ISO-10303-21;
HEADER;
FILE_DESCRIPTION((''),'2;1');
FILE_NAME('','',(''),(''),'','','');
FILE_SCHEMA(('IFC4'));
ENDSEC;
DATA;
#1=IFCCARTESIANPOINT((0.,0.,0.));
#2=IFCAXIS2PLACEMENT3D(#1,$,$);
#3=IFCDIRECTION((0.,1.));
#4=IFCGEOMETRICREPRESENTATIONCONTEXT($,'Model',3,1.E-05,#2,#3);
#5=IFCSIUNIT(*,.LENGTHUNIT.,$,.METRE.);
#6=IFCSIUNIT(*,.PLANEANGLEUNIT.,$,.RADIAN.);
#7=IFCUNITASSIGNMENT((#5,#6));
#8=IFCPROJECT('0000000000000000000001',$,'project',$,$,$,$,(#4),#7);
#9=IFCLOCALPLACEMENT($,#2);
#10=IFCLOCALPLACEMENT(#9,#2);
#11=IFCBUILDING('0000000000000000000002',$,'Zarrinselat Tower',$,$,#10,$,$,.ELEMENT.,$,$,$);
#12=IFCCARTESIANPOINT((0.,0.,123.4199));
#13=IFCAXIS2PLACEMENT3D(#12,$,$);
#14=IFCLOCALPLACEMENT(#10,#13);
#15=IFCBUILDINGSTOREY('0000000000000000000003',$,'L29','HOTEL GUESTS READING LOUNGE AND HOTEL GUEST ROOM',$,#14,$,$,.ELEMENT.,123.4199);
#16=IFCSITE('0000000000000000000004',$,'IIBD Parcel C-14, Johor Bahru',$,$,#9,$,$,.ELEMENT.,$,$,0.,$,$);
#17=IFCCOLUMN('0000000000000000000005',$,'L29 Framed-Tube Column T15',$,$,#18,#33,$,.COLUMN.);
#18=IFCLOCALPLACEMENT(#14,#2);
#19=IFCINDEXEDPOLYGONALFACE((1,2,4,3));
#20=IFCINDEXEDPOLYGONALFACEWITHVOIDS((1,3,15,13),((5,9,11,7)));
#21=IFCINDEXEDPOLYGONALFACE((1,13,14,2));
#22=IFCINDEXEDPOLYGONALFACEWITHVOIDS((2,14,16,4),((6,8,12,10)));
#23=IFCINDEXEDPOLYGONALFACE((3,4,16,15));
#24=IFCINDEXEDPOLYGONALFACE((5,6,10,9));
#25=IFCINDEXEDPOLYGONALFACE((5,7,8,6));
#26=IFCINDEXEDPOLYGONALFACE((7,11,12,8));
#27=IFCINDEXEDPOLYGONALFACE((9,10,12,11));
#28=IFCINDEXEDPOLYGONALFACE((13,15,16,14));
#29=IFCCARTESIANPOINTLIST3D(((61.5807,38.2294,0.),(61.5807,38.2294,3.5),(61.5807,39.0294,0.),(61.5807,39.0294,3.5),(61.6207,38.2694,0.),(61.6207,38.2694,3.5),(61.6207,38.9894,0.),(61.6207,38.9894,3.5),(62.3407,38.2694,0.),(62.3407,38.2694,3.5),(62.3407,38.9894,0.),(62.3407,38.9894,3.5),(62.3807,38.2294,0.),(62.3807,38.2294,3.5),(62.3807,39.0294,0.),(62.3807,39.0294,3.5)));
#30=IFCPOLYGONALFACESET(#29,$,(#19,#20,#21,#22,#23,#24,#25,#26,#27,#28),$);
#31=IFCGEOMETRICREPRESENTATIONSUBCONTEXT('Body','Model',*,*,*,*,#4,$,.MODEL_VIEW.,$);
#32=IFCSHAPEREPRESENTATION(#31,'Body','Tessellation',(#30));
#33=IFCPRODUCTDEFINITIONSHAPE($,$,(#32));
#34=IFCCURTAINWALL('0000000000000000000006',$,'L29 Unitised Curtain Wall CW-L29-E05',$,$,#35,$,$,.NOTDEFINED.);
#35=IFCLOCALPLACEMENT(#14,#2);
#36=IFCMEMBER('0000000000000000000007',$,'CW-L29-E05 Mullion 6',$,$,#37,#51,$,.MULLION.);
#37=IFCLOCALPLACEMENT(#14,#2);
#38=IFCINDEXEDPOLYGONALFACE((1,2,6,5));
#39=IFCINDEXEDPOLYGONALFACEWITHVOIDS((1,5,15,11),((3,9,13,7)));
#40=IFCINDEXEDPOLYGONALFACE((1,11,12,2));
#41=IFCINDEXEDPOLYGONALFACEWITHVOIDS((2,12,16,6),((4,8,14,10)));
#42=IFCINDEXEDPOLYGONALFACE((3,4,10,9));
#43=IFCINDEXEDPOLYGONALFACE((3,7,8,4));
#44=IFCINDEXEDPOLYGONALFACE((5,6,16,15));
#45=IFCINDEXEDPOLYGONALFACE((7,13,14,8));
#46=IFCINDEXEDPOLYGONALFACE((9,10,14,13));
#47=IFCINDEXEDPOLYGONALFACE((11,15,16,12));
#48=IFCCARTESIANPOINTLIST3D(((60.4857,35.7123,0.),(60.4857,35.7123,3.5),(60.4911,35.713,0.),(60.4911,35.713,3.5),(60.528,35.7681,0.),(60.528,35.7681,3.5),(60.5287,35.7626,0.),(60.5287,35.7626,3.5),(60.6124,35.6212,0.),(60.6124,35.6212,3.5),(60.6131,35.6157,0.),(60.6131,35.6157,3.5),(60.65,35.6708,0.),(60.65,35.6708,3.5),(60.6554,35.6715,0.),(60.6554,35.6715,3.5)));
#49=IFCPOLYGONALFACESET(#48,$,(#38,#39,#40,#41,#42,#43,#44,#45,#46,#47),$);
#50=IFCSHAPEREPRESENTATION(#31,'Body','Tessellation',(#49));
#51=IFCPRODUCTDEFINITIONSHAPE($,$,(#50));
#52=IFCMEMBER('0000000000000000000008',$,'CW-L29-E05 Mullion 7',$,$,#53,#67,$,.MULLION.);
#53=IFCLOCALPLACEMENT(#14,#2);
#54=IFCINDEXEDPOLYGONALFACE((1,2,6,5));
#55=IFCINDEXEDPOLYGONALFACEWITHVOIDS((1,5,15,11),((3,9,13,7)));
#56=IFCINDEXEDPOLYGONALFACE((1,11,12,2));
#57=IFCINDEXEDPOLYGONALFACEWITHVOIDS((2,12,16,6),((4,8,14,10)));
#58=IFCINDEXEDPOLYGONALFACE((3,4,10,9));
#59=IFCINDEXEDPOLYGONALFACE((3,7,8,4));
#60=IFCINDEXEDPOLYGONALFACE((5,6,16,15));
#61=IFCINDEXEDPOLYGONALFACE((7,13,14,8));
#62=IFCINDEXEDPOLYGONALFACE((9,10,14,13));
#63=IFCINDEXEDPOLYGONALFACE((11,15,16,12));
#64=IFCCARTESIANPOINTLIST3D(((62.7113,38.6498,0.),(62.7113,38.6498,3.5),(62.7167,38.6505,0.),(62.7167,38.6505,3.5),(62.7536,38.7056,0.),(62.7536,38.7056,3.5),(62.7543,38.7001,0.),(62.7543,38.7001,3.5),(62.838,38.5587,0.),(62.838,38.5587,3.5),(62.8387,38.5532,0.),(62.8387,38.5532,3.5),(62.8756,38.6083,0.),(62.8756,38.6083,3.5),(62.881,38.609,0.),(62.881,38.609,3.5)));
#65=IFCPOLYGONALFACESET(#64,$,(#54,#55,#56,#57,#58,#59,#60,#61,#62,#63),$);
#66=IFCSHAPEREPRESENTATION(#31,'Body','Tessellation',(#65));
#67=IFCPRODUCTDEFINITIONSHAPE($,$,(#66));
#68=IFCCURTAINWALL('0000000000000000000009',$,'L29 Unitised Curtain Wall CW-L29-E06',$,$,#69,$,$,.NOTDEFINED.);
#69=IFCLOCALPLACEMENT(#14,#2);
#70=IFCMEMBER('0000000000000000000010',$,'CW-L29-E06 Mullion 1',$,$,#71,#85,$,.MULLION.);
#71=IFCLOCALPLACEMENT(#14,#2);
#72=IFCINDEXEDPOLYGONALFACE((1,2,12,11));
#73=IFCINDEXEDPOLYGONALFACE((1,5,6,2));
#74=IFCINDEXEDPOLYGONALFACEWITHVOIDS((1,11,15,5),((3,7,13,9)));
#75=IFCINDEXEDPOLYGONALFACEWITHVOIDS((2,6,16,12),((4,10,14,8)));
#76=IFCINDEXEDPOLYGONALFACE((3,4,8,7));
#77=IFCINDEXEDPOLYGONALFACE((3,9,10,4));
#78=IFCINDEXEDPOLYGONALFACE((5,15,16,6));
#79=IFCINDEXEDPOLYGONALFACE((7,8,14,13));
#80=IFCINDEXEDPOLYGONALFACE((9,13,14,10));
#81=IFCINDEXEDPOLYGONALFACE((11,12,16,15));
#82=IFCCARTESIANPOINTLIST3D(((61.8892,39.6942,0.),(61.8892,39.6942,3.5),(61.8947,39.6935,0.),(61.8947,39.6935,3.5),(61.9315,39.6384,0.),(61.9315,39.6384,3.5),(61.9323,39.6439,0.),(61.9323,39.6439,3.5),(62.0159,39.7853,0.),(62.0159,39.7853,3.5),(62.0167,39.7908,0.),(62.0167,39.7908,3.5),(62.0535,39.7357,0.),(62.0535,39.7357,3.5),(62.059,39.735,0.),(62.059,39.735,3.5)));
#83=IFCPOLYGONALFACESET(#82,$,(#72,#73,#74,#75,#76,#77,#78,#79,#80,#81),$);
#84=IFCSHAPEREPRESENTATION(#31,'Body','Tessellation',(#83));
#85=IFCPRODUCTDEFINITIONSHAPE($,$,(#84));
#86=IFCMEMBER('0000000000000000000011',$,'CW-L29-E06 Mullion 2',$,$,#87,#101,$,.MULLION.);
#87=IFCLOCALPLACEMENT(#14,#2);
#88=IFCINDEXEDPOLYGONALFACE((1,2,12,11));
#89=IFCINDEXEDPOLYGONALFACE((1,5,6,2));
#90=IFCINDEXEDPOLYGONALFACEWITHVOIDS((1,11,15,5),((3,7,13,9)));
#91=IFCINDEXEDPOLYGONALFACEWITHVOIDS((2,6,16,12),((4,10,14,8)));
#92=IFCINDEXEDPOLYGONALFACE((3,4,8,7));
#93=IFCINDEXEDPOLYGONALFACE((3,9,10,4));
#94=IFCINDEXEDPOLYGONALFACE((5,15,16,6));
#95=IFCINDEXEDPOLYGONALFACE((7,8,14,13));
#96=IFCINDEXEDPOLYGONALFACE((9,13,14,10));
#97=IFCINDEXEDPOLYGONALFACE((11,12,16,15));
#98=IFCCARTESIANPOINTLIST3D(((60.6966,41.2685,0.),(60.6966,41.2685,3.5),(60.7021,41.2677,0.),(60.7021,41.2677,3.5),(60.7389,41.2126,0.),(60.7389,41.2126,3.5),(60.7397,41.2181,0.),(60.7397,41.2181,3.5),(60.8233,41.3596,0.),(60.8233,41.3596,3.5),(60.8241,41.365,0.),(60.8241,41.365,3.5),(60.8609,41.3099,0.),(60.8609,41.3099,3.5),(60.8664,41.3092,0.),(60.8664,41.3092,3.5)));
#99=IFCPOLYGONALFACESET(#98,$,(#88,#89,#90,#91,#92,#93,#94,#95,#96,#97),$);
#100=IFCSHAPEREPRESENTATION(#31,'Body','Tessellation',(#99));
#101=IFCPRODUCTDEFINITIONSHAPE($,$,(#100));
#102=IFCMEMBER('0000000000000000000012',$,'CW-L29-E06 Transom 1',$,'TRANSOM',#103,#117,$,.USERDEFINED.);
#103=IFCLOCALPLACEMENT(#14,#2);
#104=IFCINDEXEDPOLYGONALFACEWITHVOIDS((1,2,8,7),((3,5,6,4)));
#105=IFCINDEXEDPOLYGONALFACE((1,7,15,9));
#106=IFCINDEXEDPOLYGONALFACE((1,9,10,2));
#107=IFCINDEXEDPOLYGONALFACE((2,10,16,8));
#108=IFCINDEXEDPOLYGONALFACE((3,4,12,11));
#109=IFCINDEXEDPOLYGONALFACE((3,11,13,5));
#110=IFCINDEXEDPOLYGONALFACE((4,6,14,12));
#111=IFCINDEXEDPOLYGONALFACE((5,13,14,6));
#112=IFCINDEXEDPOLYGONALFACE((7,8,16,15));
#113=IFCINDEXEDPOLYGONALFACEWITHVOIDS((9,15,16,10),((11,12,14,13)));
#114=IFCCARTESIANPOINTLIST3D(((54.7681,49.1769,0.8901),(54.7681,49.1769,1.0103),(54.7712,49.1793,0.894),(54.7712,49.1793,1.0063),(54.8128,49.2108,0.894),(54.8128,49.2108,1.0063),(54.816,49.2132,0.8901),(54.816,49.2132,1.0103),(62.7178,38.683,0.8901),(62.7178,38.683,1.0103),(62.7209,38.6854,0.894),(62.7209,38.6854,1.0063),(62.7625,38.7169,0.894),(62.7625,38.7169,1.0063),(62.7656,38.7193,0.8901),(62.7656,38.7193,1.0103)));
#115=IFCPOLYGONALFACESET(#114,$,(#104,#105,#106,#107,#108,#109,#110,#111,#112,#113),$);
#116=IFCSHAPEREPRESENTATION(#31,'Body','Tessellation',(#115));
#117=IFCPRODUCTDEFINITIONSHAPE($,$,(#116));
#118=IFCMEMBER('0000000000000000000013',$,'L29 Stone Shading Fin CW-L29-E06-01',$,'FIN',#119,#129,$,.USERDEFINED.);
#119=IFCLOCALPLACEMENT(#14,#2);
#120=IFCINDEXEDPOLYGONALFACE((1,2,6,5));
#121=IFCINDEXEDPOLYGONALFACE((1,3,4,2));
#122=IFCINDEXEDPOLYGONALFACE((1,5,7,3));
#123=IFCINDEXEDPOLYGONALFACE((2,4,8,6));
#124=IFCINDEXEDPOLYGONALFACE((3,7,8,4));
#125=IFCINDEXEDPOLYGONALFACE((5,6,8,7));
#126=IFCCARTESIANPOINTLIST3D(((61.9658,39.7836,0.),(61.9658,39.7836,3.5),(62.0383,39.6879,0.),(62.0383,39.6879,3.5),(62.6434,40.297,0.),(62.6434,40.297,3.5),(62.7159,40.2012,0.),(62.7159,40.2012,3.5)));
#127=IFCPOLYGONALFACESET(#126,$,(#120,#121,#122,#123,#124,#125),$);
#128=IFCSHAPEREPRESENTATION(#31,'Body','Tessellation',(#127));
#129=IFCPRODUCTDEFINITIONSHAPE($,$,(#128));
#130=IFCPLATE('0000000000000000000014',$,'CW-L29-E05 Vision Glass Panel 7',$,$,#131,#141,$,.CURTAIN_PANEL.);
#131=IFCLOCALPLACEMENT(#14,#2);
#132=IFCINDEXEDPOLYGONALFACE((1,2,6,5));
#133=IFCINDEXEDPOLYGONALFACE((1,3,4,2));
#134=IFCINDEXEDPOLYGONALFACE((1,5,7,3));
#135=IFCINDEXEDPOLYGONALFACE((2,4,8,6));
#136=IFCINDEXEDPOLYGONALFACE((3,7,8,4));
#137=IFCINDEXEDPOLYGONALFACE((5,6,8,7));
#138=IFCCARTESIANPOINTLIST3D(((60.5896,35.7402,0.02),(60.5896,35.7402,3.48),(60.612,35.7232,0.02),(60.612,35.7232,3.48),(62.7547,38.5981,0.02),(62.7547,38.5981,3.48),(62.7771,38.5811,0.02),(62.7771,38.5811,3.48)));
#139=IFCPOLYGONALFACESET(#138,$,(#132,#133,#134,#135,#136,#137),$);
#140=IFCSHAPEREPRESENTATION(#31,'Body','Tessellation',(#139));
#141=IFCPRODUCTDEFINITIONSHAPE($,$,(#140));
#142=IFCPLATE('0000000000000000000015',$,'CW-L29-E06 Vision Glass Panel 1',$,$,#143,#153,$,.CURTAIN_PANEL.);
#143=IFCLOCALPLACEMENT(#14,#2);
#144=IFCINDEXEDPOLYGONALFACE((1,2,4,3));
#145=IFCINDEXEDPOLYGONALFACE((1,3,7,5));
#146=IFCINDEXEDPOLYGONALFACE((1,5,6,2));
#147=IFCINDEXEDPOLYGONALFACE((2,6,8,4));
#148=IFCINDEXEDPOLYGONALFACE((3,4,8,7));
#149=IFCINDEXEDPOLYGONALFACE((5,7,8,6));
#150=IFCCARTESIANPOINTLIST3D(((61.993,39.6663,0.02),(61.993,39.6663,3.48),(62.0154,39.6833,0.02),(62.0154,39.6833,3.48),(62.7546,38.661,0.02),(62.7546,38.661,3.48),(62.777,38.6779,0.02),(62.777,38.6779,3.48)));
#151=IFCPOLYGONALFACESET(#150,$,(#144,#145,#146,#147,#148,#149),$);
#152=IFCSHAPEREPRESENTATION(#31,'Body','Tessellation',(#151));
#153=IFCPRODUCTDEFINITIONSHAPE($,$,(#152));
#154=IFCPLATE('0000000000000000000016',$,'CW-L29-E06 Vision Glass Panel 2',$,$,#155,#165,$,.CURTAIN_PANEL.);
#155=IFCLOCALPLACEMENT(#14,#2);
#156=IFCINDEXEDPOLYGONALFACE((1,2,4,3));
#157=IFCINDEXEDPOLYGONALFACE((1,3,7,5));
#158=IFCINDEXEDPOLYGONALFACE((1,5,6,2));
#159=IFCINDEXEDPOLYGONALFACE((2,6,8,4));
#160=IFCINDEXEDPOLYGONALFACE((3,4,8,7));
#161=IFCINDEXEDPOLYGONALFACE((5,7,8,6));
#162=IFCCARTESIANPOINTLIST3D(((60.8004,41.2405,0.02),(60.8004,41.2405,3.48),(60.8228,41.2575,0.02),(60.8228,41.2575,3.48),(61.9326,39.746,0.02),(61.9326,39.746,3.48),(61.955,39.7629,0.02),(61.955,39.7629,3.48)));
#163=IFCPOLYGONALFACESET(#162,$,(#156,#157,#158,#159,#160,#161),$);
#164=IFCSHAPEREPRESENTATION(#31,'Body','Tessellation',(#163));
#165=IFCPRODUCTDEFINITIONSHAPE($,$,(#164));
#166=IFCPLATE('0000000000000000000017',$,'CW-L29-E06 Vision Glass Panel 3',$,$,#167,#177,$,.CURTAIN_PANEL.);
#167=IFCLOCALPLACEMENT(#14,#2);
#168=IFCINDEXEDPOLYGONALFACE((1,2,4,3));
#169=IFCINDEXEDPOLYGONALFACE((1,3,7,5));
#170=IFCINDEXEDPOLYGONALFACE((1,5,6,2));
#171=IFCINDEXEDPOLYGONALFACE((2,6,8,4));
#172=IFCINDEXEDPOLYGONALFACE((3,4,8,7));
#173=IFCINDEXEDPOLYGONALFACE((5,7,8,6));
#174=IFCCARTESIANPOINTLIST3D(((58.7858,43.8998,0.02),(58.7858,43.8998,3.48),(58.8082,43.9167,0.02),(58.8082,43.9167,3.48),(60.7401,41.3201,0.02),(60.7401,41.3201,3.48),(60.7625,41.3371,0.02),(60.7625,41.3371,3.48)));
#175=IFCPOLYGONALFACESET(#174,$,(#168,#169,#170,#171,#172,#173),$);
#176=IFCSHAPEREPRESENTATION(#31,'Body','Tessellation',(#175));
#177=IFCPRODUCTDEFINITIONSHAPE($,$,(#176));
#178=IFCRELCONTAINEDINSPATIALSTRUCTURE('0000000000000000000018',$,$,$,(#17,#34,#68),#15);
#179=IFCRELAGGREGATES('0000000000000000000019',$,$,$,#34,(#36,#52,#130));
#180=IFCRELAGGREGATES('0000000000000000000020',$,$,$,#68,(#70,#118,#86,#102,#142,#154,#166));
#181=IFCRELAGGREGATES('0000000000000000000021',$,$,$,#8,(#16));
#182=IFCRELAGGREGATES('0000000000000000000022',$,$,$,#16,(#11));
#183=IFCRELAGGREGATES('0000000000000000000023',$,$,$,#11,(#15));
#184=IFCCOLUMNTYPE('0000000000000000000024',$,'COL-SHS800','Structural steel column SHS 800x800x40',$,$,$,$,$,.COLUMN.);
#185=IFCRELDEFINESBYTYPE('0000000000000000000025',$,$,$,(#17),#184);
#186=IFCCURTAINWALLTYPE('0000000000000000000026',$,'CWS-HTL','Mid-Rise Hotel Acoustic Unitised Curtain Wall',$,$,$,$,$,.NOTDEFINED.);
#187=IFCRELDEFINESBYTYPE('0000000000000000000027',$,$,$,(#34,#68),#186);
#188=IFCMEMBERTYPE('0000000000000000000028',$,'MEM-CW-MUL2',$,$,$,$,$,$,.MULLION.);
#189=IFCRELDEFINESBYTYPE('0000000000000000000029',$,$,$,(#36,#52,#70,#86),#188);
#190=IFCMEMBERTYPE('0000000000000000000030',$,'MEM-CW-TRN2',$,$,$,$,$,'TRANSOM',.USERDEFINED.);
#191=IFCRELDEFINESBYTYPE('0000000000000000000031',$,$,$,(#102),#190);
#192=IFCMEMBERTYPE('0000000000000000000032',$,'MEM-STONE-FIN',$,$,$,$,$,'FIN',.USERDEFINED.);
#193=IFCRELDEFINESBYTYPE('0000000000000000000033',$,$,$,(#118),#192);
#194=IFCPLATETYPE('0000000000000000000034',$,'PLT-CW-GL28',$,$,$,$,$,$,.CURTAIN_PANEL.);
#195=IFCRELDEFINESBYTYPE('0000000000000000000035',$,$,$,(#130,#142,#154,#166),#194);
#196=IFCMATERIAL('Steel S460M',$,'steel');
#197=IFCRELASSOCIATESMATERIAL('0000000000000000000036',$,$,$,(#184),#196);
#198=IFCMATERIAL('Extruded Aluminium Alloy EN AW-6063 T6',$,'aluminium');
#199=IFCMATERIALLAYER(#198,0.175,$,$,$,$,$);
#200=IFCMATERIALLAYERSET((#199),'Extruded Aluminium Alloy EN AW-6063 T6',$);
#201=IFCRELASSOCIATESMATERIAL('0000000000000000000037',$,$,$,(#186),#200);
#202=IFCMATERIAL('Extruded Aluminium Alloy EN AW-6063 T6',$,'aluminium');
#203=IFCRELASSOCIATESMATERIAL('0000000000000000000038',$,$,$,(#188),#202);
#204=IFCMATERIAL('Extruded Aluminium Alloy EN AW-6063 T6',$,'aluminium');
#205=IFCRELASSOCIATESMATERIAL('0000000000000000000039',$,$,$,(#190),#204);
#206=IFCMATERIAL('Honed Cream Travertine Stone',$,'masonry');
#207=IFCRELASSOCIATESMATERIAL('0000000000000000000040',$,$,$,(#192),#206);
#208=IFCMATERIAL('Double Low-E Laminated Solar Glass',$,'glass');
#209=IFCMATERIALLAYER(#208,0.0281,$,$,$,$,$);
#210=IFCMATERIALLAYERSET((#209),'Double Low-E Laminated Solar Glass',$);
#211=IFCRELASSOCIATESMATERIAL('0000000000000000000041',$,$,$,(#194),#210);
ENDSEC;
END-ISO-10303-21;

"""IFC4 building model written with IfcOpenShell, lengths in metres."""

from ifc_helpers import new_model, si_unit, direction, frame, origin, origin_2d, place, context, subcontext, project, spatial, rectangle, hollow_rectangle, extrude, material, layer, layer_set, material_profile, profile_set, type_object, element, aggregate, save


model = new_model("IFC4")

# Units and contexts
model_context = context("Model", 3, precision=1e-05, world=origin(), true_north=direction((0.0, 1.0)))
body_context = subcontext(model_context, "Body", "Model", "MODEL_VIEW")
ifc_project = project(units=[si_unit("LENGTHUNIT", "METRE"), si_unit("PLANEANGLEUNIT", "RADIAN")], contexts=[model_context])

# Site, building, storey
site_placement = place(None, origin())
site = spatial("IfcSite", under=ifc_project, at=site_placement, Name="IIBD Parcel C-14, Johor Bahru", CompositionType="ELEMENT", RefElevation=0.0)
building_placement = place(site_placement, origin())
building = spatial("IfcBuilding", under=site, at=building_placement, Name="Zarrinselat Tower", CompositionType="ELEMENT")
storey_placement = place(building_placement, frame((0.0, 0.0, 123.4199)))
storey = spatial("IfcBuildingStorey", under=building, at=storey_placement, Name="L29", Description="HOTEL GUESTS READING LOUNGE AND HOTEL GUEST ROOM", CompositionType="ELEMENT", Elevation=123.4199)

# Column
ifc_material_1 = material(Name="Steel S460M", Category="steel")
ifc_material_profile_1 = material_profile(ifc_material_1, hollow_rectangle(XDim=0.8, YDim=0.8, WallThickness=0.04, at=origin_2d()), Name="SHS 800x800x40")
ifc_profile_set_1 = profile_set([ifc_material_profile_1], Name="Steel S460M")
column_type = type_object("IfcColumnType", Name="COL-SHS800", Description="Structural steel column SHS 800x800x40", PredefinedType="COLUMN", material=ifc_profile_set_1)
column_placement = place(storey_placement, frame((61.9807, 38.6294, 0.0), z_axis=(0.0, 0.0, 1.0), x_axis=(1.0, 0.0, 0.0)))
element("IfcColumn", 1, at=column_placement, inside=storey, type_object=column_type, Name="L29 Framed-Tube Column T15", PredefinedType="COLUMN", context=body_context, shape_type="SweptSolid", body=[
    extrude(hollow_rectangle(XDim=0.8, YDim=0.8, WallThickness=0.04, at=origin_2d()), origin(), (0.0, 0.0, 1.0), 3.5),
])

# Curtain walls, members
ifc_material_2 = material(Name="Extruded Aluminium Alloy EN AW-6063 T6", Category="aluminium")
ifc_layer_1 = layer(ifc_material_2, 0.175)
ifc_layer_set_1 = layer_set([ifc_layer_1], Name="Extruded Aluminium Alloy EN AW-6063 T6")
curtain_wall_type = type_object("IfcCurtainWallType", Name="CWS-HTL", Description="Mid-Rise Hotel Acoustic Unitised Curtain Wall", PredefinedType="NOTDEFINED", material=ifc_layer_set_1)
curtain_wall_1_placement = place(storey_placement, origin())
curtain_wall_1 = element("IfcCurtainWall", 2, at=curtain_wall_1_placement, inside=storey, type_object=curtain_wall_type, Name="L29 Unitised Curtain Wall CW-L29-E05", PredefinedType="NOTDEFINED")
ifc_material_3 = material(Name="Extruded Aluminium Alloy EN AW-6063 T6", Category="aluminium")
ifc_material_profile_2 = material_profile(ifc_material_3, hollow_rectangle(XDim=0.0701, YDim=0.1599, WallThickness=0.0039, at=origin_2d()), Name="RHS 160x70x4")
ifc_profile_set_2 = profile_set([ifc_material_profile_2], Name="Extruded Aluminium Alloy EN AW-6063 T6")
member_type_1 = type_object("IfcMemberType", Name="MEM-CW-MUL2", PredefinedType="MULLION", material=ifc_profile_set_2)
member_1_placement = place(storey_placement, frame((60.5706, 35.6919, 0.0), z_axis=(0.0, 0.0, 1.0), x_axis=(0.603858, 0.797092, 0.0)))
member_1 = element("IfcMember", 3, at=member_1_placement, type_object=member_type_1, Name="CW-L29-E05 Mullion 6", PredefinedType="MULLION", context=body_context, shape_type="SweptSolid", body=[
    extrude(hollow_rectangle(XDim=0.0701, YDim=0.1599, WallThickness=0.0039, at=origin_2d()), origin(), (0.0, 0.0, 1.0), 3.5),
])
member_2_placement = place(storey_placement, frame((62.7961, 38.6294, 0.0), z_axis=(0.0, 0.0, 1.0), x_axis=(0.603858, 0.797092, 0.0)))
member_2 = element("IfcMember", 4, at=member_2_placement, type_object=member_type_1, Name="CW-L29-E05 Mullion 7", PredefinedType="MULLION", context=body_context, shape_type="SweptSolid", body=[
    extrude(hollow_rectangle(XDim=0.0701, YDim=0.1599, WallThickness=0.0039, at=origin_2d()), origin(), (0.0, 0.0, 1.0), 3.5),
])
curtain_wall_2_placement = place(storey_placement, origin())
curtain_wall_2 = element("IfcCurtainWall", 5, at=curtain_wall_2_placement, inside=storey, type_object=curtain_wall_type, Name="L29 Unitised Curtain Wall CW-L29-E06", PredefinedType="NOTDEFINED")
member_3_placement = place(storey_placement, frame((61.9741, 39.7146, 0.0), z_axis=(0.0, 0.0, 1.0), x_axis=(-0.603858, 0.797092, 0.0)))
member_3 = element("IfcMember", 6, at=member_3_placement, type_object=member_type_1, Name="CW-L29-E06 Mullion 1", PredefinedType="MULLION", context=body_context, shape_type="SweptSolid", body=[
    extrude(hollow_rectangle(XDim=0.0701, YDim=0.1599, WallThickness=0.0039, at=origin_2d()), origin(), (0.0, 0.0, 1.0), 3.5),
])
member_4_placement = place(storey_placement, frame((60.7815, 41.2888, 0.0), z_axis=(0.0, 0.0, 1.0), x_axis=(-0.603858, 0.797092, 0.0)))
member_4 = element("IfcMember", 7, at=member_4_placement, type_object=member_type_1, Name="CW-L29-E06 Mullion 2", PredefinedType="MULLION", context=body_context, shape_type="SweptSolid", body=[
    extrude(hollow_rectangle(XDim=0.0701, YDim=0.1599, WallThickness=0.0039, at=origin_2d()), origin(), (0.0, 0.0, 1.0), 3.5),
])
ifc_material_4 = material(Name="Extruded Aluminium Alloy EN AW-6063 T6", Category="aluminium")
ifc_material_profile_3 = material_profile(ifc_material_4, hollow_rectangle(XDim=0.0601, YDim=0.1201, WallThickness=0.0039, at=origin_2d()), Name="RHS 120x60x4")
ifc_profile_set_3 = profile_set([ifc_material_profile_3], Name="Extruded Aluminium Alloy EN AW-6063 T6")
member_type_2 = type_object("IfcMemberType", Name="MEM-CW-TRN2", ElementType="TRANSOM", PredefinedType="USERDEFINED", material=ifc_profile_set_3)
member_5_placement = place(storey_placement, frame((62.7417, 38.7012, 0.9502), z_axis=(-0.603847, 0.7971, 0.0), x_axis=(-0.7971, -0.603847, 0.0)))
member_5 = element("IfcMember", 8, at=member_5_placement, type_object=member_type_2, Name="CW-L29-E06 Transom 1", ObjectType="TRANSOM", PredefinedType="USERDEFINED", context=body_context, shape_type="SweptSolid", body=[
    extrude(hollow_rectangle(XDim=0.0601, YDim=0.1201, WallThickness=0.0039, at=origin_2d()), origin(), (0.0, 0.0, 1.0), 13.165),
])
ifc_material_5 = material(Name="Honed Cream Travertine Stone", Category="masonry")
ifc_material_profile_4 = material_profile(ifc_material_5, rectangle(XDim=0.1201, YDim=0.8501, at=origin_2d()), Name="FIN 850x120")
ifc_profile_set_4 = profile_set([ifc_material_profile_4], Name="Honed Cream Travertine Stone")
member_type_3 = type_object("IfcMemberType", Name="MEM-STONE-FIN", ElementType="FIN", PredefinedType="USERDEFINED", material=ifc_profile_set_4)
member_6_placement = place(storey_placement, frame((62.3408, 39.9924, 0.0), z_axis=(0.0, 0.0, 1.0), x_axis=(0.603858, -0.797092, 0.0)))
member_6 = element("IfcMember", 9, at=member_6_placement, type_object=member_type_3, Name="L29 Stone Shading Fin CW-L29-E06-01", ObjectType="FIN", PredefinedType="USERDEFINED", context=body_context, shape_type="SweptSolid", body=[
    extrude(rectangle(XDim=0.1201, YDim=0.8501, at=origin_2d()), origin(), (0.0, 0.0, 1.0), 3.5),
])

# Plates
ifc_material_6 = material(Name="Double Low-E Laminated Solar Glass", Category="glass")
ifc_layer_2 = layer(ifc_material_6, 0.0281)
ifc_layer_set_2 = layer_set([ifc_layer_2], Name="Double Low-E Laminated Solar Glass")
plate_type = type_object("IfcPlateType", Name="PLT-CW-GL28", PredefinedType="CURTAIN_PANEL", material=ifc_layer_set_2)
plate_1_placement = place(storey_placement, frame((61.6833, 37.1606, 0.02), z_axis=(0.0, 0.0, 1.0), x_axis=(0.603858, 0.797092, 0.0)))
plate_1 = element("IfcPlate", 10, at=plate_1_placement, type_object=plate_type, Name="CW-L29-E05 Vision Glass Panel 7", PredefinedType="CURTAIN_PANEL", context=body_context, shape_type="SweptSolid", body=[
    extrude(rectangle(XDim=3.5854, YDim=0.0281, at=origin_2d()), origin(), (0.0, 0.0, 1.0), 3.46),
])
aggregate(curtain_wall_1, [member_1, member_2, plate_1])
plate_2_placement = place(storey_placement, frame((62.385, 39.1721, 0.02), z_axis=(0.0, 0.0, 1.0), x_axis=(-0.603858, 0.797092, 0.0)))
plate_2 = element("IfcPlate", 11, at=plate_2_placement, type_object=plate_type, Name="CW-L29-E06 Vision Glass Panel 1", PredefinedType="CURTAIN_PANEL", context=body_context, shape_type="SweptSolid", body=[
    extrude(rectangle(XDim=1.2612, YDim=0.0281, at=origin_2d()), origin(), (0.0, 0.0, 1.0), 3.46),
])
plate_3_placement = place(storey_placement, frame((61.3777, 40.5017, 0.02), z_axis=(0.0, 0.0, 1.0), x_axis=(-0.603858, 0.797092, 0.0)))
plate_3 = element("IfcPlate", 12, at=plate_3_placement, type_object=plate_type, Name="CW-L29-E06 Vision Glass Panel 2", PredefinedType="CURTAIN_PANEL", context=body_context, shape_type="SweptSolid", body=[
    extrude(rectangle(XDim=1.875, YDim=0.0281, at=origin_2d()), origin(), (0.0, 0.0, 1.0), 3.46),
])
plate_4_placement = place(storey_placement, frame((59.7742, 42.6184, 0.02), z_axis=(0.0, 0.0, 1.0), x_axis=(-0.603858, 0.797092, 0.0)))
plate_4 = element("IfcPlate", 13, at=plate_4_placement, type_object=plate_type, Name="CW-L29-E06 Vision Glass Panel 3", PredefinedType="CURTAIN_PANEL", context=body_context, shape_type="SweptSolid", body=[
    extrude(rectangle(XDim=3.2363, YDim=0.0281, at=origin_2d()), origin(), (0.0, 0.0, 1.0), 3.46),
])
aggregate(curtain_wall_2, [member_3, member_6, member_4, member_5, plate_2, plate_3, plate_4])

save(model, "model.ifc")
